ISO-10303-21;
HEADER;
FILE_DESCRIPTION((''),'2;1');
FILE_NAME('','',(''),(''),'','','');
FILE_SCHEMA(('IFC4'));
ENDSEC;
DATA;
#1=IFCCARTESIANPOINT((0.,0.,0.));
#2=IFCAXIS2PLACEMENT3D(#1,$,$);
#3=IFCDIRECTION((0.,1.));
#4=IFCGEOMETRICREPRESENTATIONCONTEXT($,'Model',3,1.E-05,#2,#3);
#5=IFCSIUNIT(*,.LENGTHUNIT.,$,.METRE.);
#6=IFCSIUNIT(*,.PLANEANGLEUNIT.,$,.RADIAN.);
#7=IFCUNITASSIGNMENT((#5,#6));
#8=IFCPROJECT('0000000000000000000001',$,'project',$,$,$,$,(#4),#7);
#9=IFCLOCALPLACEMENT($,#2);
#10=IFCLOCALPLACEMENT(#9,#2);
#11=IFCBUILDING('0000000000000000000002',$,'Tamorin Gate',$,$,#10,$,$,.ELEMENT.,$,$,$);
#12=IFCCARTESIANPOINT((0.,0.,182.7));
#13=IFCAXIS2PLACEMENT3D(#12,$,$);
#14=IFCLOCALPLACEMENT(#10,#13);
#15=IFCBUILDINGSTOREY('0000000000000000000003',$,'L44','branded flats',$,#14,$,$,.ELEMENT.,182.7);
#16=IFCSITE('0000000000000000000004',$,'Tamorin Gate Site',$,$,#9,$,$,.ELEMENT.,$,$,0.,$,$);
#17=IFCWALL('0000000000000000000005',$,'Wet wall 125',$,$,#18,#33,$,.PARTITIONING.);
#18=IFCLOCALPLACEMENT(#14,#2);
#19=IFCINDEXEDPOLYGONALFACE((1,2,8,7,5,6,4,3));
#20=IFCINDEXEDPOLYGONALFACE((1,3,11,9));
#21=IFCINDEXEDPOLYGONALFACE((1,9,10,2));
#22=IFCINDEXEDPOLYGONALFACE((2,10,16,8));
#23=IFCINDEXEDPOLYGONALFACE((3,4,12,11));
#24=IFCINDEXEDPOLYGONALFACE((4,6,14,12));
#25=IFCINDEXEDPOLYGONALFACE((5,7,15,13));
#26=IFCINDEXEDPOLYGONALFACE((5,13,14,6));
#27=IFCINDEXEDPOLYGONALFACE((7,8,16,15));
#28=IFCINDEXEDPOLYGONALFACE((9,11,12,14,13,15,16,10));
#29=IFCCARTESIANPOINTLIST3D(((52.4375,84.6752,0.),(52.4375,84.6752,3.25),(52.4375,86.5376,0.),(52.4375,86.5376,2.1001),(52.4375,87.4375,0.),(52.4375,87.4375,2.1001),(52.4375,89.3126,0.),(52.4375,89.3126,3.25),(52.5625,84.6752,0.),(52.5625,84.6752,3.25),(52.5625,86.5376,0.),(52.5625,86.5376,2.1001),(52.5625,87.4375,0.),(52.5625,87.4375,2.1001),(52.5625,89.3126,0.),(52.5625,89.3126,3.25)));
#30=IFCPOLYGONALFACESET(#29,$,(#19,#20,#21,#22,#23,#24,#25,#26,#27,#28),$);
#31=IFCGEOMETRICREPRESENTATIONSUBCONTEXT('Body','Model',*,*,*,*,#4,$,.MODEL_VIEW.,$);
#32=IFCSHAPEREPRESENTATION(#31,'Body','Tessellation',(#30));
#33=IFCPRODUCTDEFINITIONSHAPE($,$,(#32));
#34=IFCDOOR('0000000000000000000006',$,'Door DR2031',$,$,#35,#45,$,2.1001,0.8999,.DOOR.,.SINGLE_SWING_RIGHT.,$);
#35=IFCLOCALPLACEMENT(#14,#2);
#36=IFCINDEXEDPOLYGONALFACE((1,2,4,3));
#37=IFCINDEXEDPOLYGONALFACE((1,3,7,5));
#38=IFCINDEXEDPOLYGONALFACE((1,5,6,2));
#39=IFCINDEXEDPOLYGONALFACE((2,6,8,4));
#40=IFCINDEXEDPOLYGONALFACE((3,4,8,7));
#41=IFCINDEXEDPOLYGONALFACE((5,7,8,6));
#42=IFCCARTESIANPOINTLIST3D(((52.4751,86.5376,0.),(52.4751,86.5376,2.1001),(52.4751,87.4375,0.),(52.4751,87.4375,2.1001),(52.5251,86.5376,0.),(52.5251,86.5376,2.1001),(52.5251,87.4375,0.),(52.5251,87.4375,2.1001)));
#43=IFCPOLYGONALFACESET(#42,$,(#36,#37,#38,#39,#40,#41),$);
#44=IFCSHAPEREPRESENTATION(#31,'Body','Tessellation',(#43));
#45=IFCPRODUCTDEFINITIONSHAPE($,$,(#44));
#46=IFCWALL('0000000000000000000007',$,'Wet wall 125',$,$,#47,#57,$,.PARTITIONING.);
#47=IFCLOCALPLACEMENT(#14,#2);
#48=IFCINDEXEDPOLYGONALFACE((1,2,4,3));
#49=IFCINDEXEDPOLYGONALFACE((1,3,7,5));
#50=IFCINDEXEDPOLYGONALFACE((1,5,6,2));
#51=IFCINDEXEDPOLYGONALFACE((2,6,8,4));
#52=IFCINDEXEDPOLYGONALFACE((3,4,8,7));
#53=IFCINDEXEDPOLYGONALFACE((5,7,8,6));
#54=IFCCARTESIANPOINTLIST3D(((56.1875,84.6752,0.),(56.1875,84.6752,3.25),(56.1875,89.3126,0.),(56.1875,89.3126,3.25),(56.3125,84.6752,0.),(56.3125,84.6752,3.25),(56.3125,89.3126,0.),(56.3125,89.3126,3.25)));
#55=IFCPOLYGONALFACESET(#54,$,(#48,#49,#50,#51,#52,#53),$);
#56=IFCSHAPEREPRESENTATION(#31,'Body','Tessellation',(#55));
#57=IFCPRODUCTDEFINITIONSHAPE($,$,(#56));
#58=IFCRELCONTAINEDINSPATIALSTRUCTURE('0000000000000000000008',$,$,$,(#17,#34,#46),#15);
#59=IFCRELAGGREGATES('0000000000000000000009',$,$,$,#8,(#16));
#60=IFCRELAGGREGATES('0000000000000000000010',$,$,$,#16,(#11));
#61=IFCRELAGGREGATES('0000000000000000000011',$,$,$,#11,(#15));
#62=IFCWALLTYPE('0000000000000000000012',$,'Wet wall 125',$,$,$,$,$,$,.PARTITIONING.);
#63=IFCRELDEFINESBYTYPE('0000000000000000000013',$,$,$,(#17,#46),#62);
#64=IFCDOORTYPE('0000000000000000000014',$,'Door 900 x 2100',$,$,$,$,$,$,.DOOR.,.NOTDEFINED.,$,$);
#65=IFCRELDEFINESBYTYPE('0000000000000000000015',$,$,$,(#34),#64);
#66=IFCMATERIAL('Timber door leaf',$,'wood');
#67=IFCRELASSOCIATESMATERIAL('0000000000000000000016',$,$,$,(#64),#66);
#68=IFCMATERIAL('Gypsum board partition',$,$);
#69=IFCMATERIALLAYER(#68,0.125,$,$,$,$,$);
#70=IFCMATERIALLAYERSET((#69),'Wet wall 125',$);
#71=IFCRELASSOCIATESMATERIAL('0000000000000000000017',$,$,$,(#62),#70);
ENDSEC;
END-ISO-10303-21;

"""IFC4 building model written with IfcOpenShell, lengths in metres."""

from ifc_helpers import new_model, si_unit, direction, frame, frame_2d, origin, place, context, subcontext, project, spatial, rectangle, extrude, material, layer, layer_set, type_object, element, fill, save


model = new_model("IFC4")

# Units and contexts
model_context = context("Model", 3, precision=1e-05, world=origin(), true_north=direction((0.0, 1.0)))
body_context = subcontext(model_context, "Body", "Model", "MODEL_VIEW")
ifc_project = project(units=[si_unit("LENGTHUNIT", "METRE"), si_unit("PLANEANGLEUNIT", "RADIAN")], contexts=[model_context])

# Site, building, storey
site_placement = place(None, origin())
site = spatial("IfcSite", under=ifc_project, at=site_placement, Name="Tamorin Gate Site", CompositionType="ELEMENT", RefElevation=0.0)
building_placement = place(site_placement, origin())
building = spatial("IfcBuilding", under=site, at=building_placement, Name="Tamorin Gate", CompositionType="ELEMENT")
storey_placement = place(building_placement, frame((0.0, 0.0, 182.7)))
storey = spatial("IfcBuildingStorey", under=building, at=storey_placement, Name="L44", Description="branded flats", CompositionType="ELEMENT", Elevation=182.7)

# Shared definitions
ifc_material_1 = material(Name="Gypsum board partition")

# Wall, opening, door
ifc_material_2 = material(Name="Timber door leaf", Category="wood")
door_type = type_object("IfcDoorType", Name="Door 900 x 2100", OperationType="NOTDEFINED", PredefinedType="DOOR", material=ifc_material_2)
ifc_layer_1 = layer(ifc_material_1, 0.125)
ifc_layer_set_1 = layer_set([ifc_layer_1], Name="Wet wall 125")
wall_type_1 = type_object("IfcWallType", Name="Wet wall 125", PredefinedType="PARTITIONING", material=ifc_layer_set_1)
wall_1_placement = place(storey_placement, frame((52.5, 84.675, 0.0), z_axis=(0.0, 0.0, 1.0), x_axis=(0.0, 1.0, 0.0)))
wall_1 = element("IfcWall", 1, at=wall_1_placement, inside=storey, type_object=wall_type_1, Name="Wet wall 125", PredefinedType="PARTITIONING", context=body_context, shape_type="SweptSolid", body=[
    extrude(rectangle(XDim=4.6375, YDim=0.125, at=frame_2d((2.3188, 0.0))), origin(), (0.0, 0.0, 1.0), 3.25),
])
opening_1_placement = place(wall_1_placement, frame((1.8625, 0.0, 0.0)))
opening_1 = element("IfcOpeningElement", 2, at=opening_1_placement, cuts=wall_1, PredefinedType="OPENING", context=body_context, shape_type="SweptSolid", body=[
    extrude(rectangle(XDim=0.8999, YDim=2.1001, at=frame_2d((0.45, 1.05))), frame((0.0, 0.0725, 0.0), z_axis=(0.0, -1.0, 0.0), x_axis=(1.0, 0.0, 0.0)), (0.0, 0.0, 1.0), 0.145),
])
door_1_placement = place(opening_1_placement, origin())
door_1 = element("IfcDoor", 3, at=door_1_placement, inside=storey, type_object=door_type, Name="Door DR2031", OperationType="SINGLE_SWING_RIGHT", OverallHeight=2.1001, OverallWidth=0.8999, PredefinedType="DOOR", context=body_context, shape_type="SweptSolid", body=[
    extrude(rectangle(XDim=0.8999, YDim=2.1001, at=frame_2d((0.45, 1.05))), frame((0.0, 0.0249, 0.0), z_axis=(0.0, -1.0, 0.0), x_axis=(1.0, 0.0, 0.0)), (0.0, 0.0, 1.0), 0.05),
])
fill(opening_1, door_1)

# Wall
wall_2_placement = place(storey_placement, frame((56.25, 84.675, 0.0), z_axis=(0.0, 0.0, 1.0), x_axis=(0.0, 1.0, 0.0)))
element("IfcWall", 4, at=wall_2_placement, inside=storey, type_object=wall_type_1, Name="Wet wall 125", PredefinedType="PARTITIONING", context=body_context, shape_type="SweptSolid", body=[
    extrude(rectangle(XDim=4.6375, YDim=0.125, at=frame_2d((2.3188, 0.0))), origin(), (0.0, 0.0, 1.0), 3.25),
])

save(model, "model.ifc")
